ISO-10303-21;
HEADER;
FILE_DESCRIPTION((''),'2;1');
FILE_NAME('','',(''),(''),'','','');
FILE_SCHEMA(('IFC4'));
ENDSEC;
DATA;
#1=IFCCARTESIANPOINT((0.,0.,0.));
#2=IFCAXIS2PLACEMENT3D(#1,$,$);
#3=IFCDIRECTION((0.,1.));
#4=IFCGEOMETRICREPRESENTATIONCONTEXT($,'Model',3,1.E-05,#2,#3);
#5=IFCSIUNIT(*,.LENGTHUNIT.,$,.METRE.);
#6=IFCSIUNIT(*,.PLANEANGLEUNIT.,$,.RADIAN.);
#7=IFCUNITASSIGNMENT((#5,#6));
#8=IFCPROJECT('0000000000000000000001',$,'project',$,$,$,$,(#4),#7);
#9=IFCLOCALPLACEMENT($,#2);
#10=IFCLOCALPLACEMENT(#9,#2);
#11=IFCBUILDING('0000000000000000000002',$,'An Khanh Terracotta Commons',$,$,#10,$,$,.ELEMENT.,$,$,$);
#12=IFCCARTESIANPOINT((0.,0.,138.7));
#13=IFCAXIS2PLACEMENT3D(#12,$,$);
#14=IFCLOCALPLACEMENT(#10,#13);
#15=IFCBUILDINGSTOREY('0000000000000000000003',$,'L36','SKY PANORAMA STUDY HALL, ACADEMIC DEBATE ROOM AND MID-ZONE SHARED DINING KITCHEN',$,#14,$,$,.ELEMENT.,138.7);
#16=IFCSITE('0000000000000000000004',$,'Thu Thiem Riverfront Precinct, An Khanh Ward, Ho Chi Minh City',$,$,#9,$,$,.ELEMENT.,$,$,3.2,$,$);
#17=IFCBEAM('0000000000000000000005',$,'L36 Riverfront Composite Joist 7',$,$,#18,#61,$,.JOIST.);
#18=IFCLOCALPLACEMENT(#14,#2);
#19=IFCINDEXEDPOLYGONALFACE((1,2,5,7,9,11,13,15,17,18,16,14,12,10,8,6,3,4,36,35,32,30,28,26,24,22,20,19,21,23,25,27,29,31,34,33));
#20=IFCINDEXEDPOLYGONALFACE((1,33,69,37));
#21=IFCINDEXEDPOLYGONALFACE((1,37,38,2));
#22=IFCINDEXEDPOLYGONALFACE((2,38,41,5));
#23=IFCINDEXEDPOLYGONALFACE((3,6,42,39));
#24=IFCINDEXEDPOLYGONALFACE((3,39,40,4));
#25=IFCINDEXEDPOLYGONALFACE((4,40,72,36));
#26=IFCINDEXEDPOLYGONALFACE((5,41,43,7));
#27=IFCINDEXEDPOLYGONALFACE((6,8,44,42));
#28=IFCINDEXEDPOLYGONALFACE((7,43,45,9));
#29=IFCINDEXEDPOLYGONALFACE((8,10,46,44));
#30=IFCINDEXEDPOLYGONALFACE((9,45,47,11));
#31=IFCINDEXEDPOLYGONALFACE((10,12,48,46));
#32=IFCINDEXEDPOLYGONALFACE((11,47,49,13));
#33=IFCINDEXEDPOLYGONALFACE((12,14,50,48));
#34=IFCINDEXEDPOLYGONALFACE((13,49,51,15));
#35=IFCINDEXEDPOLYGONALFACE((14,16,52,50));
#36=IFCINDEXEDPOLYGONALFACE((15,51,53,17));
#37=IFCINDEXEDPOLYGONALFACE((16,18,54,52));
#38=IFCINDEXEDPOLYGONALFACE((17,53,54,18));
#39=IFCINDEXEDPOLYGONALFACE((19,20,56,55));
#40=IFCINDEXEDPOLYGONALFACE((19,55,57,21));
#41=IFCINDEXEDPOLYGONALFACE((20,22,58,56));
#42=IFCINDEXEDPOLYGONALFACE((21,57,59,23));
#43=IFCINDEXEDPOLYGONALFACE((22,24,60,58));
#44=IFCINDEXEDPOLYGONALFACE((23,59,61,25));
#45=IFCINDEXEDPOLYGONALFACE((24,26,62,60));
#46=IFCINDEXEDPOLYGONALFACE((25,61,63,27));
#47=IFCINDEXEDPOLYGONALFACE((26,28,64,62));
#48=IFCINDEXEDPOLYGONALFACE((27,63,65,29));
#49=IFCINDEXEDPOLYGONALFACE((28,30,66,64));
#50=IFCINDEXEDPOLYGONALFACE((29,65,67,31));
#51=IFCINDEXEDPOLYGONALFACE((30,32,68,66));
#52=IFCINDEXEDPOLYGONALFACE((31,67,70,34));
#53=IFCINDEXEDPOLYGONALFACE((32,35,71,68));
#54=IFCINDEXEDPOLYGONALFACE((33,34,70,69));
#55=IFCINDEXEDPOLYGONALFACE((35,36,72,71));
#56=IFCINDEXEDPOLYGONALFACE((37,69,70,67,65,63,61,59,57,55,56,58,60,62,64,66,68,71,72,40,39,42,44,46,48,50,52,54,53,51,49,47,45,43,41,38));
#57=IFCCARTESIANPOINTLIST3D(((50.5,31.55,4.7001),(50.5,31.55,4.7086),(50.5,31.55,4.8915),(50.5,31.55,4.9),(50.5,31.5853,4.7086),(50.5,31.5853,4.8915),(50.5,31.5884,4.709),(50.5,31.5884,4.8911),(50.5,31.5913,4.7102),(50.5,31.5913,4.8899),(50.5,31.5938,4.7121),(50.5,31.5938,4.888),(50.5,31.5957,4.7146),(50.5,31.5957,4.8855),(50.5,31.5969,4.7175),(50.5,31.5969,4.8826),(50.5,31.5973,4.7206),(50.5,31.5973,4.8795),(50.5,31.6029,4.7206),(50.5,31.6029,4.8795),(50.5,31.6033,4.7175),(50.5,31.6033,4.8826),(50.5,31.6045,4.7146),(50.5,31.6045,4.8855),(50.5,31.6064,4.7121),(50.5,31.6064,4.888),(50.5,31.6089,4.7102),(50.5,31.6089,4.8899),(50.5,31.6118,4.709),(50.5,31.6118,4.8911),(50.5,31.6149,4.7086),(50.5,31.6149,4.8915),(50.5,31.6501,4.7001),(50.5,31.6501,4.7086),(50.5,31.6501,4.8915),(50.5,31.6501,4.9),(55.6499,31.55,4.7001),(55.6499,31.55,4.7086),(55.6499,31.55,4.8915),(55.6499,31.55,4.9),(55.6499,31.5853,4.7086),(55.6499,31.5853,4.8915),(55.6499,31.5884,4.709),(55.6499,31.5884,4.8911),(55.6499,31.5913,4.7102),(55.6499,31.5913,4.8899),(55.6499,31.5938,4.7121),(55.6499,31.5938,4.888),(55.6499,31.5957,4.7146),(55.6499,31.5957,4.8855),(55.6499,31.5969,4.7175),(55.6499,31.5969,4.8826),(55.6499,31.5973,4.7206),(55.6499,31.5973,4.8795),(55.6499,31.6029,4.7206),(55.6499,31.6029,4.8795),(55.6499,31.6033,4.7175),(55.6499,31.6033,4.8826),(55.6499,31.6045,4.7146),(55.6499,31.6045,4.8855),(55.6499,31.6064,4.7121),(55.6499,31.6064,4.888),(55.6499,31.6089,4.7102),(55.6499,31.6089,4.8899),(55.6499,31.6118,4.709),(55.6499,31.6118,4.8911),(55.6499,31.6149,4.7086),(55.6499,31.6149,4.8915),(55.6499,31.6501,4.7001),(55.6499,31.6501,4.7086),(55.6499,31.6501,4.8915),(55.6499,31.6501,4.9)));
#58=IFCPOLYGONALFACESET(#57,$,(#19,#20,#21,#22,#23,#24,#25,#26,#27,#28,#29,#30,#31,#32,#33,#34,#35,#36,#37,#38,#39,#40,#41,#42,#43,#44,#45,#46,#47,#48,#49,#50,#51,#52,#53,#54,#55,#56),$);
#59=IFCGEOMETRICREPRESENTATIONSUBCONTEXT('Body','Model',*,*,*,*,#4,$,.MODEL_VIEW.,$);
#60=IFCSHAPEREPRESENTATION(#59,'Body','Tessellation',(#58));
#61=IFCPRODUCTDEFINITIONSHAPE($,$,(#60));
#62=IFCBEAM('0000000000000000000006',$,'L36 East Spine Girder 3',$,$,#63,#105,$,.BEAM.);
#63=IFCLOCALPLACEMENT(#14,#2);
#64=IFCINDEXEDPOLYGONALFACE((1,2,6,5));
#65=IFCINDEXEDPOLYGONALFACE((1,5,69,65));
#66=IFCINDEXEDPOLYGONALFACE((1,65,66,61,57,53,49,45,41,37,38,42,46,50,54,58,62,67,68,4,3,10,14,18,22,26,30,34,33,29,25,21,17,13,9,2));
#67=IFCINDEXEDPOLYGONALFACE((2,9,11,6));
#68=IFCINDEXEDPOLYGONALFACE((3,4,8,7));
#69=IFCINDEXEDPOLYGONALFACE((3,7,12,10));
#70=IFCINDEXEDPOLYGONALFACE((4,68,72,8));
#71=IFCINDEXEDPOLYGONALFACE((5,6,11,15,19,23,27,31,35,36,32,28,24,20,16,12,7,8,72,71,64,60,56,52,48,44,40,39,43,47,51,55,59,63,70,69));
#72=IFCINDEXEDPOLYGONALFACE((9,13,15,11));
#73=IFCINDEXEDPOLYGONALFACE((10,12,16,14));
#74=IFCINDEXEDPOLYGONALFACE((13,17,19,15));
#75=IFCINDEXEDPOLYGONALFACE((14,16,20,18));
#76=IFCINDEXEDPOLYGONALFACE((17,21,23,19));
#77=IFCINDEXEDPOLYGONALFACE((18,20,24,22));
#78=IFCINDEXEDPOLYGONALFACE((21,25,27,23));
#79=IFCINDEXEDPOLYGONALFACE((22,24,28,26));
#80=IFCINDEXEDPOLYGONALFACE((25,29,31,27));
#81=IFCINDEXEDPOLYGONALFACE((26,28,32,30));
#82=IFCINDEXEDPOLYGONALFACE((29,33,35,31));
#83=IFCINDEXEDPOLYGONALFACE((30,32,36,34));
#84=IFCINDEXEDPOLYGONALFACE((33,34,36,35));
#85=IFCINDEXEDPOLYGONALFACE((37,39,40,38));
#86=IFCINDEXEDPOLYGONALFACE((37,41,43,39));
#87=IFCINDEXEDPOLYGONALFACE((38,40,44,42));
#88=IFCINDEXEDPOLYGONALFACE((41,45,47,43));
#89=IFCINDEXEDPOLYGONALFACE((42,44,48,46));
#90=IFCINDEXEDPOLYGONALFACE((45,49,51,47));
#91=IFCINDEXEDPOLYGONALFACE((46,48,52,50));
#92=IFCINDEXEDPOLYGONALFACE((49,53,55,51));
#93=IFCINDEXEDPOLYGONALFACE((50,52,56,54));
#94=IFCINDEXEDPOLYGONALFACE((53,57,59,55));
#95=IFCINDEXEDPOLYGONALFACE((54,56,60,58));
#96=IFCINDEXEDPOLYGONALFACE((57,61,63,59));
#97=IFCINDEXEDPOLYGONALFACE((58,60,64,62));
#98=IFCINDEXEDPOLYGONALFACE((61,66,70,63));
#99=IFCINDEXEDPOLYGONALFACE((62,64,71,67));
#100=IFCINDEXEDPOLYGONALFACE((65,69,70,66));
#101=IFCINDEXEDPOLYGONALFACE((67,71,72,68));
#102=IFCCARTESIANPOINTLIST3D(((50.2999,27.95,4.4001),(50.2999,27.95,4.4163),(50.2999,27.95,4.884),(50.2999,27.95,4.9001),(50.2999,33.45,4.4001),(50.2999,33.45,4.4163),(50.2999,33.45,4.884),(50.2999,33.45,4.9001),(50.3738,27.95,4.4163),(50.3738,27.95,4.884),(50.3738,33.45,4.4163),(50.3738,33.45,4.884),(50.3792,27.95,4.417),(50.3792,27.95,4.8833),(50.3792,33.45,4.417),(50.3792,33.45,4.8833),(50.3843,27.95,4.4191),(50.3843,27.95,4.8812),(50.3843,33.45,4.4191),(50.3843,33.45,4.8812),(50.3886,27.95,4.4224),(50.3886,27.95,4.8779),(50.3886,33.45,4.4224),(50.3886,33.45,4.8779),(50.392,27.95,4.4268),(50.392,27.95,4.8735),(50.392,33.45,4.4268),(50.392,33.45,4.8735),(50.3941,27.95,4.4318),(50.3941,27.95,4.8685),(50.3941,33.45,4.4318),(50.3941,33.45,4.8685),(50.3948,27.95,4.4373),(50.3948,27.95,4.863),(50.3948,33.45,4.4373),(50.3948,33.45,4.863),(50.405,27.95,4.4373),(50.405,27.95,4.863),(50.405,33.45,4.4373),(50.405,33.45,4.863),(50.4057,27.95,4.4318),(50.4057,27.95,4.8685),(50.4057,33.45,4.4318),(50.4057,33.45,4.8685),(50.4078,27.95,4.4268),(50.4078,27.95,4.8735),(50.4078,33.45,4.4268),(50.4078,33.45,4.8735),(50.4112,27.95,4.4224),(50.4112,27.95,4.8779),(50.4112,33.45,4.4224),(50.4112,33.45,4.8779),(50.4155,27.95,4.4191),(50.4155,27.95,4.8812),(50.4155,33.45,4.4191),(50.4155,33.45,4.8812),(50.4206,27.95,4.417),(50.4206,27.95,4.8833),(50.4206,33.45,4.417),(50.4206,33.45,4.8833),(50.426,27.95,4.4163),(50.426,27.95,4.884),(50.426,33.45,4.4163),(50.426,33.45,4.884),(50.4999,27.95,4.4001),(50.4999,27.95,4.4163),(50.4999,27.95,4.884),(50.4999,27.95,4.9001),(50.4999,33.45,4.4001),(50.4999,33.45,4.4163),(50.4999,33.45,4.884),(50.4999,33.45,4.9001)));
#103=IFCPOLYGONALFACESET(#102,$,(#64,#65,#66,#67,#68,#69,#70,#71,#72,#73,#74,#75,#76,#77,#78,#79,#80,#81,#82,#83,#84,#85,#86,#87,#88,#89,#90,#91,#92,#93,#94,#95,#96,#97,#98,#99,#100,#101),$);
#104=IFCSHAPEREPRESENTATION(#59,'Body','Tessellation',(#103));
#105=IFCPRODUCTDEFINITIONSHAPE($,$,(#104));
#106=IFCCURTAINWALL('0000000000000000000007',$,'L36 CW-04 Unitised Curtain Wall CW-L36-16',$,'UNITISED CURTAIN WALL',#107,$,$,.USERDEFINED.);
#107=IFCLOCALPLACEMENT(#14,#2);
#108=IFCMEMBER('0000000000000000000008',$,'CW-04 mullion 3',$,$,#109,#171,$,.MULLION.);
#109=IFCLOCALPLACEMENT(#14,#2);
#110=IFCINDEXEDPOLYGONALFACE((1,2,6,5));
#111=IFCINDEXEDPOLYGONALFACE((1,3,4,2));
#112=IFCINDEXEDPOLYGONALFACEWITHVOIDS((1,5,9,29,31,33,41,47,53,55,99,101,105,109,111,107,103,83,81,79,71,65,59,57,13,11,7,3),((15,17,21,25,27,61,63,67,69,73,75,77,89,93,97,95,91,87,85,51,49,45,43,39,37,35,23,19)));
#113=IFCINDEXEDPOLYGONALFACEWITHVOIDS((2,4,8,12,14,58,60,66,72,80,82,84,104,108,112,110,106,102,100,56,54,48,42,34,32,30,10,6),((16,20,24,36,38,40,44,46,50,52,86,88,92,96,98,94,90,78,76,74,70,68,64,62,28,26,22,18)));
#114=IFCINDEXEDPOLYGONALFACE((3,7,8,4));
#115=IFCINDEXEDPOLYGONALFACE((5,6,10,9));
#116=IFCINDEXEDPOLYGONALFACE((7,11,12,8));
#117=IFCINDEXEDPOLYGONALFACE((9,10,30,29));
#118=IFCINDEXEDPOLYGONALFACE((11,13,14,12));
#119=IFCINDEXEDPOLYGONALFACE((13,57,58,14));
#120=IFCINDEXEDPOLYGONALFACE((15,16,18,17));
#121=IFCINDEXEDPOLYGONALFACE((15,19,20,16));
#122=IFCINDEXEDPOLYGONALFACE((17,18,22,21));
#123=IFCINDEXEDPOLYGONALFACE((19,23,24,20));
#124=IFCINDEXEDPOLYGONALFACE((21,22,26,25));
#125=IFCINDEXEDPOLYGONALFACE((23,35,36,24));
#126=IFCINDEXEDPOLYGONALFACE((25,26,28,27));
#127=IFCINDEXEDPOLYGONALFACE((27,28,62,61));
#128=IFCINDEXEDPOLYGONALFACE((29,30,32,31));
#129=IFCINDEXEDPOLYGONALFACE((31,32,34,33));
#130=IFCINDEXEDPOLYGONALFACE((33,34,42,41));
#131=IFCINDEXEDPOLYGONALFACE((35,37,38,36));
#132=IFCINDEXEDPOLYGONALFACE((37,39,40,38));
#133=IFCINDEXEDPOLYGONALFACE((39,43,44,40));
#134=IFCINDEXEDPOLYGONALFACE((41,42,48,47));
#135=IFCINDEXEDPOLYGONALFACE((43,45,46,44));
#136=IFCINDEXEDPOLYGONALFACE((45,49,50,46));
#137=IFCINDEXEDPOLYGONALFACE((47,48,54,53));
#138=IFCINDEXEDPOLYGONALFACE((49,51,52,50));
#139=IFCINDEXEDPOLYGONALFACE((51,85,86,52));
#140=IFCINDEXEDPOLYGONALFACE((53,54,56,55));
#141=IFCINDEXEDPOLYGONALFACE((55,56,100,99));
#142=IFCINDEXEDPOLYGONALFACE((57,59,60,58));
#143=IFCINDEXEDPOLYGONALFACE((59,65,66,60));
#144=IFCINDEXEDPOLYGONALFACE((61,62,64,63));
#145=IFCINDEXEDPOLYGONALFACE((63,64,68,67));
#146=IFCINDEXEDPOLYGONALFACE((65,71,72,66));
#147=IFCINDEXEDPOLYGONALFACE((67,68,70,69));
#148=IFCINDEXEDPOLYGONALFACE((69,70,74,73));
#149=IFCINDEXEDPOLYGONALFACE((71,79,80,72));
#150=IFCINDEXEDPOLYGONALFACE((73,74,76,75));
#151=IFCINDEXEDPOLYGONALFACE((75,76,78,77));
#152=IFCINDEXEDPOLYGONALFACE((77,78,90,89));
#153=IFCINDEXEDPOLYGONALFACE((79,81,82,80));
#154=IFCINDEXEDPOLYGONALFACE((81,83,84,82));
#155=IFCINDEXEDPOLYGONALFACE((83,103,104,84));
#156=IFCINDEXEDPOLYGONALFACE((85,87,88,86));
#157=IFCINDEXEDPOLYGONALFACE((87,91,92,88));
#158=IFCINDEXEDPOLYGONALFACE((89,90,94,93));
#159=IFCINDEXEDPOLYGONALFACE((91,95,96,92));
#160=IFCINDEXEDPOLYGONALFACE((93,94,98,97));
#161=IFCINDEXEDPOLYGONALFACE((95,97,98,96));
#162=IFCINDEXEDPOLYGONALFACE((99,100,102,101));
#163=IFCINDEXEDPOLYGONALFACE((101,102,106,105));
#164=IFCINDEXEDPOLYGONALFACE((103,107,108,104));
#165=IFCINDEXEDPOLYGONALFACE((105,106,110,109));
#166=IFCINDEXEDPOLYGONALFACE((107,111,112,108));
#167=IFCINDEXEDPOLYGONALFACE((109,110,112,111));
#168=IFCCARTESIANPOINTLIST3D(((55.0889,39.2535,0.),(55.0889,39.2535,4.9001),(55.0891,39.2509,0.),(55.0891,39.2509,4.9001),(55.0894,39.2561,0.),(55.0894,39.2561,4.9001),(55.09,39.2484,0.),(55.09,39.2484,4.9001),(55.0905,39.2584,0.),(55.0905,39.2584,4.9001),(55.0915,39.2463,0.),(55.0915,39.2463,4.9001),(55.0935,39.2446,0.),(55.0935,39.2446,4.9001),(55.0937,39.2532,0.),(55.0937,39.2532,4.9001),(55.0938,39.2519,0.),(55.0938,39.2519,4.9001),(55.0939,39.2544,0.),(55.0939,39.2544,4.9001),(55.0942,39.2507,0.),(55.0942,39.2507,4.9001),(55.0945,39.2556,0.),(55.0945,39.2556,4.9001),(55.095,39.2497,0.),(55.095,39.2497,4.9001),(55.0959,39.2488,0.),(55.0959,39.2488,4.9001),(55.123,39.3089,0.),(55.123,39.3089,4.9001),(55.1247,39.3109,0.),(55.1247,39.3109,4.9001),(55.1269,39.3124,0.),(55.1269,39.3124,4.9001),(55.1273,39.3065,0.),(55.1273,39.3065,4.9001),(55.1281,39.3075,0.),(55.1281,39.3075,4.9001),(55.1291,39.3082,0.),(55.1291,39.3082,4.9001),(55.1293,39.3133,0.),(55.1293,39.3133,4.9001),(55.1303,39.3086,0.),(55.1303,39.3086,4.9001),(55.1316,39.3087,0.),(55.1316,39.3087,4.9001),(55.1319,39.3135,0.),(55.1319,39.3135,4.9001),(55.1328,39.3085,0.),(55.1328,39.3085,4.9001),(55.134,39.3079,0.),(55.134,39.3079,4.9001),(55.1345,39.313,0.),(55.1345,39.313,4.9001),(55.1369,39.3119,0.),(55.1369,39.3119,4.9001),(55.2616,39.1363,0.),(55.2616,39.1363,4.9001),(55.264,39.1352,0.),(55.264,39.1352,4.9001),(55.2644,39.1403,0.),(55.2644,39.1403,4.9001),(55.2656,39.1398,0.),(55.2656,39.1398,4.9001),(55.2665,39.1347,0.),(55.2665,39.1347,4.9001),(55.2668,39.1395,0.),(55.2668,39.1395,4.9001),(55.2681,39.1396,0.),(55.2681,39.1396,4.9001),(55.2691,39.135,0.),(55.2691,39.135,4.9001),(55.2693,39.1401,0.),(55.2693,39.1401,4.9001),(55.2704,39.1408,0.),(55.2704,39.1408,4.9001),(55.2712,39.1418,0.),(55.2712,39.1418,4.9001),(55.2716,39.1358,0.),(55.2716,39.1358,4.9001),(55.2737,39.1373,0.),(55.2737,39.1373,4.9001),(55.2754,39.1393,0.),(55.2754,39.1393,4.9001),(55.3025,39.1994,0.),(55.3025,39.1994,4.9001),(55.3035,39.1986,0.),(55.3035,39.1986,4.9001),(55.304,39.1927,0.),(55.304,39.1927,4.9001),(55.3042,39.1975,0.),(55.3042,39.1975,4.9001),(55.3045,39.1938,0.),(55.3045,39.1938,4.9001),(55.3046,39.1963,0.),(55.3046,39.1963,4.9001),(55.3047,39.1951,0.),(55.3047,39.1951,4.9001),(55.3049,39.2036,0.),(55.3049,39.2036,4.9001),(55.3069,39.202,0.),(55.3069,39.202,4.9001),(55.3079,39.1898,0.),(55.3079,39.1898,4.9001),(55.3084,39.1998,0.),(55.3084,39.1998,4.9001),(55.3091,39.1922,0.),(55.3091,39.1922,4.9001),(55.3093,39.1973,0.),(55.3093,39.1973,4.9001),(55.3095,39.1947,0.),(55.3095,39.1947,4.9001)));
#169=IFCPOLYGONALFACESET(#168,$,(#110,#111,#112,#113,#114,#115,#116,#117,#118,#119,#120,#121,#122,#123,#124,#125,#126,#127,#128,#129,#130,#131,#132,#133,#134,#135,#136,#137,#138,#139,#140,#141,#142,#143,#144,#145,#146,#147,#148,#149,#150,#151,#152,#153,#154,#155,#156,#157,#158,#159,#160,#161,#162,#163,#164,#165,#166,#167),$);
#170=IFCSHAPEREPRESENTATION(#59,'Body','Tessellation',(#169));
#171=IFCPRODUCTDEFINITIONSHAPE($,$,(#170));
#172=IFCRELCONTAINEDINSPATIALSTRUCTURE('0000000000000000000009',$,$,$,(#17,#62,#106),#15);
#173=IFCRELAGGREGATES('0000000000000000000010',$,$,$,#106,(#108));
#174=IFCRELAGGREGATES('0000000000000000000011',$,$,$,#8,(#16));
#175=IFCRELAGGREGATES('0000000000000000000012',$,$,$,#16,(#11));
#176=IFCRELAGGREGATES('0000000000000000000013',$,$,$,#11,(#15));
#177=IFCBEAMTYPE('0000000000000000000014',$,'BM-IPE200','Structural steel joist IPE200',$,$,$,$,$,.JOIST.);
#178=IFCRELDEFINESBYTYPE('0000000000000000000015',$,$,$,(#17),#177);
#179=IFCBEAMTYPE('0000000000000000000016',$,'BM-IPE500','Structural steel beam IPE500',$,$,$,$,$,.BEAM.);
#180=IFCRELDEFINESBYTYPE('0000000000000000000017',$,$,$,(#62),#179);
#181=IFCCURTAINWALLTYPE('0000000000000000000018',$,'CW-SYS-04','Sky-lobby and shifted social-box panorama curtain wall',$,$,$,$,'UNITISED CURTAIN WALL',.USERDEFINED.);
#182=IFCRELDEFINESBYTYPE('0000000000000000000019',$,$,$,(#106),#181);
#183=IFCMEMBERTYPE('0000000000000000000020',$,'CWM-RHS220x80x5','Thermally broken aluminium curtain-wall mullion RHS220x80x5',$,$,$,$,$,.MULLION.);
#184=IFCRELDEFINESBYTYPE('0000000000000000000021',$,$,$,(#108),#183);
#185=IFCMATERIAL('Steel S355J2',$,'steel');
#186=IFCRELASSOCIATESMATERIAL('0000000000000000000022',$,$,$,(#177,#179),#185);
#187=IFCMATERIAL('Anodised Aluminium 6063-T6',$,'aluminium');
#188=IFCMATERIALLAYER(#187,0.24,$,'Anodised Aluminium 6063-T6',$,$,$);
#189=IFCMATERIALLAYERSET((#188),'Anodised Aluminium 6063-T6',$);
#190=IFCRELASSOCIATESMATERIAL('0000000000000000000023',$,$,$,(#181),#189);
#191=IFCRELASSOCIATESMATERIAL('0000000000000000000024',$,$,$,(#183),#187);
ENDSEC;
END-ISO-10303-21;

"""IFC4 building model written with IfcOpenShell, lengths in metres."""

from ifc_helpers import new_model, si_unit, direction, frame, origin, origin_2d, place, context, subcontext, project, spatial, hollow_rectangle, i_section, extrude, material, layer, layer_set, material_profile, profile_set, type_object, element, aggregate, save


model = new_model("IFC4")

# Units and contexts
model_context = context("Model", 3, precision=1e-05, world=origin(), true_north=direction((0.0, 1.0)))
body_context = subcontext(model_context, "Body", "Model", "MODEL_VIEW")
ifc_project = project(units=[si_unit("LENGTHUNIT", "METRE"), si_unit("PLANEANGLEUNIT", "RADIAN")], contexts=[model_context])

# Site, building, storey
site_placement = place(None, origin())
site = spatial("IfcSite", under=ifc_project, at=site_placement, Name="Thu Thiem Riverfront Precinct, An Khanh Ward, Ho Chi Minh City", CompositionType="ELEMENT", RefElevation=3.2)
building_placement = place(site_placement, origin())
building = spatial("IfcBuilding", under=site, at=building_placement, Name="An Khanh Terracotta Commons", CompositionType="ELEMENT")
storey_placement = place(building_placement, frame((0.0, 0.0, 138.7)))
storey = spatial("IfcBuildingStorey", under=building, at=storey_placement, Name="L36", Description="SKY PANORAMA STUDY HALL, ACADEMIC DEBATE ROOM AND MID-ZONE SHARED DINING KITCHEN", CompositionType="ELEMENT", Elevation=138.7)

# Beams
ifc_material_1 = material(Name="Steel S355J2", Category="steel")
ifc_material_profile_1 = material_profile(ifc_material_1, i_section(OverallWidth=0.1001, OverallDepth=0.2, WebThickness=0.0056, FlangeThickness=0.0085, FilletRadius=0.012, at=origin_2d()), Name="IPE200")
ifc_profile_set_1 = profile_set([ifc_material_profile_1], Name="Steel S355J2")
beam_type_1 = type_object("IfcBeamType", Name="BM-IPE200", Description="Structural steel joist IPE200", PredefinedType="JOIST", material=ifc_profile_set_1)
for number, where, z_axis, x_axis, name in (
    (1, (50.5, 31.6001, 4.8), (1.0, 0.0, 0.0), (0.0, 1.0, 0.0), "L36 Riverfront Composite Joist 7"),
):
    element("IfcBeam", number, at=place(storey_placement, frame(where, z_axis=z_axis, x_axis=x_axis)), inside=storey, type_object=beam_type_1, Name=name, PredefinedType="JOIST", context=body_context, shape_type="SweptSolid", body=[
        extrude(i_section(OverallWidth=0.1001, OverallDepth=0.2, WebThickness=0.0056, FlangeThickness=0.0085, FilletRadius=0.012, at=origin_2d()), origin(), (0.0, 0.0, 1.0), 5.1499),
    ])
ifc_material_profile_2 = material_profile(ifc_material_1, i_section(OverallWidth=0.2, OverallDepth=0.5, WebThickness=0.0103, FlangeThickness=0.0161, FilletRadius=0.021, at=origin_2d()), Name="IPE500")
ifc_profile_set_2 = profile_set([ifc_material_profile_2], Name="Steel S355J2")
beam_type_2 = type_object("IfcBeamType", Name="BM-IPE500", Description="Structural steel beam IPE500", PredefinedType="BEAM", material=ifc_profile_set_2)
beam_1_placement = place(storey_placement, frame((50.3999, 27.95, 4.6501), z_axis=(0.0, 1.0, 0.0), x_axis=(-1.0, 0.0, 0.0)))
element("IfcBeam", 2, at=beam_1_placement, inside=storey, type_object=beam_type_2, Name="L36 East Spine Girder 3", PredefinedType="BEAM", context=body_context, shape_type="SweptSolid", body=[
    extrude(i_section(OverallWidth=0.2, OverallDepth=0.5, WebThickness=0.0103, FlangeThickness=0.0161, FilletRadius=0.021, at=origin_2d()), origin(), (0.0, 0.0, 1.0), 5.5),
])

# Curtain wall, member
ifc_material_2 = material(Name="Anodised Aluminium 6063-T6", Category="aluminium")
ifc_layer_1 = layer(ifc_material_2, 0.24, Name="Anodised Aluminium 6063-T6")
ifc_layer_set_1 = layer_set([ifc_layer_1], Name="Anodised Aluminium 6063-T6")
curtain_wall_type = type_object("IfcCurtainWallType", Name="CW-SYS-04", Description="Sky-lobby and shifted social-box panorama curtain wall", ElementType="UNITISED CURTAIN WALL", PredefinedType="USERDEFINED", material=ifc_layer_set_1)
curtain_wall_placement = place(storey_placement, origin())
curtain_wall = element("IfcCurtainWall", 3, at=curtain_wall_placement, inside=storey, type_object=curtain_wall_type, Name="L36 CW-04 Unitised Curtain Wall CW-L36-16", ObjectType="UNITISED CURTAIN WALL", PredefinedType="USERDEFINED")
ifc_material_profile_3 = material_profile(ifc_material_2, hollow_rectangle(XDim=0.0801, YDim=0.22, WallThickness=0.0049, InnerFilletRadius=0.0049, OuterFilletRadius=0.01, at=origin_2d()), Name="RHS220x80x5")
ifc_profile_set_3 = profile_set([ifc_material_profile_3], Name="Anodised Aluminium 6063-T6")
member_type_1 = type_object("IfcMemberType", Name="CWM-RHS220x80x5", Description="Thermally broken aluminium curtain-wall mullion RHS220x80x5", PredefinedType="MULLION", material=ifc_profile_set_3)
member_1_placement = place(storey_placement, frame((55.1992, 39.2241, 0.0), z_axis=(0.0, 0.0, 1.0), x_axis=(-0.541498, -0.840702, 0.0)))
member_1 = element("IfcMember", 4, at=member_1_placement, type_object=member_type_1, Name="CW-04 mullion 3", PredefinedType="MULLION", context=body_context, shape_type="SweptSolid", body=[
    extrude(hollow_rectangle(XDim=0.0801, YDim=0.22, WallThickness=0.0049, InnerFilletRadius=0.0049, OuterFilletRadius=0.01, at=origin_2d()), origin(), (0.0, 0.0, 1.0), 4.9001),
])
aggregate(curtain_wall, [member_1])

save(model, "model.ifc")
